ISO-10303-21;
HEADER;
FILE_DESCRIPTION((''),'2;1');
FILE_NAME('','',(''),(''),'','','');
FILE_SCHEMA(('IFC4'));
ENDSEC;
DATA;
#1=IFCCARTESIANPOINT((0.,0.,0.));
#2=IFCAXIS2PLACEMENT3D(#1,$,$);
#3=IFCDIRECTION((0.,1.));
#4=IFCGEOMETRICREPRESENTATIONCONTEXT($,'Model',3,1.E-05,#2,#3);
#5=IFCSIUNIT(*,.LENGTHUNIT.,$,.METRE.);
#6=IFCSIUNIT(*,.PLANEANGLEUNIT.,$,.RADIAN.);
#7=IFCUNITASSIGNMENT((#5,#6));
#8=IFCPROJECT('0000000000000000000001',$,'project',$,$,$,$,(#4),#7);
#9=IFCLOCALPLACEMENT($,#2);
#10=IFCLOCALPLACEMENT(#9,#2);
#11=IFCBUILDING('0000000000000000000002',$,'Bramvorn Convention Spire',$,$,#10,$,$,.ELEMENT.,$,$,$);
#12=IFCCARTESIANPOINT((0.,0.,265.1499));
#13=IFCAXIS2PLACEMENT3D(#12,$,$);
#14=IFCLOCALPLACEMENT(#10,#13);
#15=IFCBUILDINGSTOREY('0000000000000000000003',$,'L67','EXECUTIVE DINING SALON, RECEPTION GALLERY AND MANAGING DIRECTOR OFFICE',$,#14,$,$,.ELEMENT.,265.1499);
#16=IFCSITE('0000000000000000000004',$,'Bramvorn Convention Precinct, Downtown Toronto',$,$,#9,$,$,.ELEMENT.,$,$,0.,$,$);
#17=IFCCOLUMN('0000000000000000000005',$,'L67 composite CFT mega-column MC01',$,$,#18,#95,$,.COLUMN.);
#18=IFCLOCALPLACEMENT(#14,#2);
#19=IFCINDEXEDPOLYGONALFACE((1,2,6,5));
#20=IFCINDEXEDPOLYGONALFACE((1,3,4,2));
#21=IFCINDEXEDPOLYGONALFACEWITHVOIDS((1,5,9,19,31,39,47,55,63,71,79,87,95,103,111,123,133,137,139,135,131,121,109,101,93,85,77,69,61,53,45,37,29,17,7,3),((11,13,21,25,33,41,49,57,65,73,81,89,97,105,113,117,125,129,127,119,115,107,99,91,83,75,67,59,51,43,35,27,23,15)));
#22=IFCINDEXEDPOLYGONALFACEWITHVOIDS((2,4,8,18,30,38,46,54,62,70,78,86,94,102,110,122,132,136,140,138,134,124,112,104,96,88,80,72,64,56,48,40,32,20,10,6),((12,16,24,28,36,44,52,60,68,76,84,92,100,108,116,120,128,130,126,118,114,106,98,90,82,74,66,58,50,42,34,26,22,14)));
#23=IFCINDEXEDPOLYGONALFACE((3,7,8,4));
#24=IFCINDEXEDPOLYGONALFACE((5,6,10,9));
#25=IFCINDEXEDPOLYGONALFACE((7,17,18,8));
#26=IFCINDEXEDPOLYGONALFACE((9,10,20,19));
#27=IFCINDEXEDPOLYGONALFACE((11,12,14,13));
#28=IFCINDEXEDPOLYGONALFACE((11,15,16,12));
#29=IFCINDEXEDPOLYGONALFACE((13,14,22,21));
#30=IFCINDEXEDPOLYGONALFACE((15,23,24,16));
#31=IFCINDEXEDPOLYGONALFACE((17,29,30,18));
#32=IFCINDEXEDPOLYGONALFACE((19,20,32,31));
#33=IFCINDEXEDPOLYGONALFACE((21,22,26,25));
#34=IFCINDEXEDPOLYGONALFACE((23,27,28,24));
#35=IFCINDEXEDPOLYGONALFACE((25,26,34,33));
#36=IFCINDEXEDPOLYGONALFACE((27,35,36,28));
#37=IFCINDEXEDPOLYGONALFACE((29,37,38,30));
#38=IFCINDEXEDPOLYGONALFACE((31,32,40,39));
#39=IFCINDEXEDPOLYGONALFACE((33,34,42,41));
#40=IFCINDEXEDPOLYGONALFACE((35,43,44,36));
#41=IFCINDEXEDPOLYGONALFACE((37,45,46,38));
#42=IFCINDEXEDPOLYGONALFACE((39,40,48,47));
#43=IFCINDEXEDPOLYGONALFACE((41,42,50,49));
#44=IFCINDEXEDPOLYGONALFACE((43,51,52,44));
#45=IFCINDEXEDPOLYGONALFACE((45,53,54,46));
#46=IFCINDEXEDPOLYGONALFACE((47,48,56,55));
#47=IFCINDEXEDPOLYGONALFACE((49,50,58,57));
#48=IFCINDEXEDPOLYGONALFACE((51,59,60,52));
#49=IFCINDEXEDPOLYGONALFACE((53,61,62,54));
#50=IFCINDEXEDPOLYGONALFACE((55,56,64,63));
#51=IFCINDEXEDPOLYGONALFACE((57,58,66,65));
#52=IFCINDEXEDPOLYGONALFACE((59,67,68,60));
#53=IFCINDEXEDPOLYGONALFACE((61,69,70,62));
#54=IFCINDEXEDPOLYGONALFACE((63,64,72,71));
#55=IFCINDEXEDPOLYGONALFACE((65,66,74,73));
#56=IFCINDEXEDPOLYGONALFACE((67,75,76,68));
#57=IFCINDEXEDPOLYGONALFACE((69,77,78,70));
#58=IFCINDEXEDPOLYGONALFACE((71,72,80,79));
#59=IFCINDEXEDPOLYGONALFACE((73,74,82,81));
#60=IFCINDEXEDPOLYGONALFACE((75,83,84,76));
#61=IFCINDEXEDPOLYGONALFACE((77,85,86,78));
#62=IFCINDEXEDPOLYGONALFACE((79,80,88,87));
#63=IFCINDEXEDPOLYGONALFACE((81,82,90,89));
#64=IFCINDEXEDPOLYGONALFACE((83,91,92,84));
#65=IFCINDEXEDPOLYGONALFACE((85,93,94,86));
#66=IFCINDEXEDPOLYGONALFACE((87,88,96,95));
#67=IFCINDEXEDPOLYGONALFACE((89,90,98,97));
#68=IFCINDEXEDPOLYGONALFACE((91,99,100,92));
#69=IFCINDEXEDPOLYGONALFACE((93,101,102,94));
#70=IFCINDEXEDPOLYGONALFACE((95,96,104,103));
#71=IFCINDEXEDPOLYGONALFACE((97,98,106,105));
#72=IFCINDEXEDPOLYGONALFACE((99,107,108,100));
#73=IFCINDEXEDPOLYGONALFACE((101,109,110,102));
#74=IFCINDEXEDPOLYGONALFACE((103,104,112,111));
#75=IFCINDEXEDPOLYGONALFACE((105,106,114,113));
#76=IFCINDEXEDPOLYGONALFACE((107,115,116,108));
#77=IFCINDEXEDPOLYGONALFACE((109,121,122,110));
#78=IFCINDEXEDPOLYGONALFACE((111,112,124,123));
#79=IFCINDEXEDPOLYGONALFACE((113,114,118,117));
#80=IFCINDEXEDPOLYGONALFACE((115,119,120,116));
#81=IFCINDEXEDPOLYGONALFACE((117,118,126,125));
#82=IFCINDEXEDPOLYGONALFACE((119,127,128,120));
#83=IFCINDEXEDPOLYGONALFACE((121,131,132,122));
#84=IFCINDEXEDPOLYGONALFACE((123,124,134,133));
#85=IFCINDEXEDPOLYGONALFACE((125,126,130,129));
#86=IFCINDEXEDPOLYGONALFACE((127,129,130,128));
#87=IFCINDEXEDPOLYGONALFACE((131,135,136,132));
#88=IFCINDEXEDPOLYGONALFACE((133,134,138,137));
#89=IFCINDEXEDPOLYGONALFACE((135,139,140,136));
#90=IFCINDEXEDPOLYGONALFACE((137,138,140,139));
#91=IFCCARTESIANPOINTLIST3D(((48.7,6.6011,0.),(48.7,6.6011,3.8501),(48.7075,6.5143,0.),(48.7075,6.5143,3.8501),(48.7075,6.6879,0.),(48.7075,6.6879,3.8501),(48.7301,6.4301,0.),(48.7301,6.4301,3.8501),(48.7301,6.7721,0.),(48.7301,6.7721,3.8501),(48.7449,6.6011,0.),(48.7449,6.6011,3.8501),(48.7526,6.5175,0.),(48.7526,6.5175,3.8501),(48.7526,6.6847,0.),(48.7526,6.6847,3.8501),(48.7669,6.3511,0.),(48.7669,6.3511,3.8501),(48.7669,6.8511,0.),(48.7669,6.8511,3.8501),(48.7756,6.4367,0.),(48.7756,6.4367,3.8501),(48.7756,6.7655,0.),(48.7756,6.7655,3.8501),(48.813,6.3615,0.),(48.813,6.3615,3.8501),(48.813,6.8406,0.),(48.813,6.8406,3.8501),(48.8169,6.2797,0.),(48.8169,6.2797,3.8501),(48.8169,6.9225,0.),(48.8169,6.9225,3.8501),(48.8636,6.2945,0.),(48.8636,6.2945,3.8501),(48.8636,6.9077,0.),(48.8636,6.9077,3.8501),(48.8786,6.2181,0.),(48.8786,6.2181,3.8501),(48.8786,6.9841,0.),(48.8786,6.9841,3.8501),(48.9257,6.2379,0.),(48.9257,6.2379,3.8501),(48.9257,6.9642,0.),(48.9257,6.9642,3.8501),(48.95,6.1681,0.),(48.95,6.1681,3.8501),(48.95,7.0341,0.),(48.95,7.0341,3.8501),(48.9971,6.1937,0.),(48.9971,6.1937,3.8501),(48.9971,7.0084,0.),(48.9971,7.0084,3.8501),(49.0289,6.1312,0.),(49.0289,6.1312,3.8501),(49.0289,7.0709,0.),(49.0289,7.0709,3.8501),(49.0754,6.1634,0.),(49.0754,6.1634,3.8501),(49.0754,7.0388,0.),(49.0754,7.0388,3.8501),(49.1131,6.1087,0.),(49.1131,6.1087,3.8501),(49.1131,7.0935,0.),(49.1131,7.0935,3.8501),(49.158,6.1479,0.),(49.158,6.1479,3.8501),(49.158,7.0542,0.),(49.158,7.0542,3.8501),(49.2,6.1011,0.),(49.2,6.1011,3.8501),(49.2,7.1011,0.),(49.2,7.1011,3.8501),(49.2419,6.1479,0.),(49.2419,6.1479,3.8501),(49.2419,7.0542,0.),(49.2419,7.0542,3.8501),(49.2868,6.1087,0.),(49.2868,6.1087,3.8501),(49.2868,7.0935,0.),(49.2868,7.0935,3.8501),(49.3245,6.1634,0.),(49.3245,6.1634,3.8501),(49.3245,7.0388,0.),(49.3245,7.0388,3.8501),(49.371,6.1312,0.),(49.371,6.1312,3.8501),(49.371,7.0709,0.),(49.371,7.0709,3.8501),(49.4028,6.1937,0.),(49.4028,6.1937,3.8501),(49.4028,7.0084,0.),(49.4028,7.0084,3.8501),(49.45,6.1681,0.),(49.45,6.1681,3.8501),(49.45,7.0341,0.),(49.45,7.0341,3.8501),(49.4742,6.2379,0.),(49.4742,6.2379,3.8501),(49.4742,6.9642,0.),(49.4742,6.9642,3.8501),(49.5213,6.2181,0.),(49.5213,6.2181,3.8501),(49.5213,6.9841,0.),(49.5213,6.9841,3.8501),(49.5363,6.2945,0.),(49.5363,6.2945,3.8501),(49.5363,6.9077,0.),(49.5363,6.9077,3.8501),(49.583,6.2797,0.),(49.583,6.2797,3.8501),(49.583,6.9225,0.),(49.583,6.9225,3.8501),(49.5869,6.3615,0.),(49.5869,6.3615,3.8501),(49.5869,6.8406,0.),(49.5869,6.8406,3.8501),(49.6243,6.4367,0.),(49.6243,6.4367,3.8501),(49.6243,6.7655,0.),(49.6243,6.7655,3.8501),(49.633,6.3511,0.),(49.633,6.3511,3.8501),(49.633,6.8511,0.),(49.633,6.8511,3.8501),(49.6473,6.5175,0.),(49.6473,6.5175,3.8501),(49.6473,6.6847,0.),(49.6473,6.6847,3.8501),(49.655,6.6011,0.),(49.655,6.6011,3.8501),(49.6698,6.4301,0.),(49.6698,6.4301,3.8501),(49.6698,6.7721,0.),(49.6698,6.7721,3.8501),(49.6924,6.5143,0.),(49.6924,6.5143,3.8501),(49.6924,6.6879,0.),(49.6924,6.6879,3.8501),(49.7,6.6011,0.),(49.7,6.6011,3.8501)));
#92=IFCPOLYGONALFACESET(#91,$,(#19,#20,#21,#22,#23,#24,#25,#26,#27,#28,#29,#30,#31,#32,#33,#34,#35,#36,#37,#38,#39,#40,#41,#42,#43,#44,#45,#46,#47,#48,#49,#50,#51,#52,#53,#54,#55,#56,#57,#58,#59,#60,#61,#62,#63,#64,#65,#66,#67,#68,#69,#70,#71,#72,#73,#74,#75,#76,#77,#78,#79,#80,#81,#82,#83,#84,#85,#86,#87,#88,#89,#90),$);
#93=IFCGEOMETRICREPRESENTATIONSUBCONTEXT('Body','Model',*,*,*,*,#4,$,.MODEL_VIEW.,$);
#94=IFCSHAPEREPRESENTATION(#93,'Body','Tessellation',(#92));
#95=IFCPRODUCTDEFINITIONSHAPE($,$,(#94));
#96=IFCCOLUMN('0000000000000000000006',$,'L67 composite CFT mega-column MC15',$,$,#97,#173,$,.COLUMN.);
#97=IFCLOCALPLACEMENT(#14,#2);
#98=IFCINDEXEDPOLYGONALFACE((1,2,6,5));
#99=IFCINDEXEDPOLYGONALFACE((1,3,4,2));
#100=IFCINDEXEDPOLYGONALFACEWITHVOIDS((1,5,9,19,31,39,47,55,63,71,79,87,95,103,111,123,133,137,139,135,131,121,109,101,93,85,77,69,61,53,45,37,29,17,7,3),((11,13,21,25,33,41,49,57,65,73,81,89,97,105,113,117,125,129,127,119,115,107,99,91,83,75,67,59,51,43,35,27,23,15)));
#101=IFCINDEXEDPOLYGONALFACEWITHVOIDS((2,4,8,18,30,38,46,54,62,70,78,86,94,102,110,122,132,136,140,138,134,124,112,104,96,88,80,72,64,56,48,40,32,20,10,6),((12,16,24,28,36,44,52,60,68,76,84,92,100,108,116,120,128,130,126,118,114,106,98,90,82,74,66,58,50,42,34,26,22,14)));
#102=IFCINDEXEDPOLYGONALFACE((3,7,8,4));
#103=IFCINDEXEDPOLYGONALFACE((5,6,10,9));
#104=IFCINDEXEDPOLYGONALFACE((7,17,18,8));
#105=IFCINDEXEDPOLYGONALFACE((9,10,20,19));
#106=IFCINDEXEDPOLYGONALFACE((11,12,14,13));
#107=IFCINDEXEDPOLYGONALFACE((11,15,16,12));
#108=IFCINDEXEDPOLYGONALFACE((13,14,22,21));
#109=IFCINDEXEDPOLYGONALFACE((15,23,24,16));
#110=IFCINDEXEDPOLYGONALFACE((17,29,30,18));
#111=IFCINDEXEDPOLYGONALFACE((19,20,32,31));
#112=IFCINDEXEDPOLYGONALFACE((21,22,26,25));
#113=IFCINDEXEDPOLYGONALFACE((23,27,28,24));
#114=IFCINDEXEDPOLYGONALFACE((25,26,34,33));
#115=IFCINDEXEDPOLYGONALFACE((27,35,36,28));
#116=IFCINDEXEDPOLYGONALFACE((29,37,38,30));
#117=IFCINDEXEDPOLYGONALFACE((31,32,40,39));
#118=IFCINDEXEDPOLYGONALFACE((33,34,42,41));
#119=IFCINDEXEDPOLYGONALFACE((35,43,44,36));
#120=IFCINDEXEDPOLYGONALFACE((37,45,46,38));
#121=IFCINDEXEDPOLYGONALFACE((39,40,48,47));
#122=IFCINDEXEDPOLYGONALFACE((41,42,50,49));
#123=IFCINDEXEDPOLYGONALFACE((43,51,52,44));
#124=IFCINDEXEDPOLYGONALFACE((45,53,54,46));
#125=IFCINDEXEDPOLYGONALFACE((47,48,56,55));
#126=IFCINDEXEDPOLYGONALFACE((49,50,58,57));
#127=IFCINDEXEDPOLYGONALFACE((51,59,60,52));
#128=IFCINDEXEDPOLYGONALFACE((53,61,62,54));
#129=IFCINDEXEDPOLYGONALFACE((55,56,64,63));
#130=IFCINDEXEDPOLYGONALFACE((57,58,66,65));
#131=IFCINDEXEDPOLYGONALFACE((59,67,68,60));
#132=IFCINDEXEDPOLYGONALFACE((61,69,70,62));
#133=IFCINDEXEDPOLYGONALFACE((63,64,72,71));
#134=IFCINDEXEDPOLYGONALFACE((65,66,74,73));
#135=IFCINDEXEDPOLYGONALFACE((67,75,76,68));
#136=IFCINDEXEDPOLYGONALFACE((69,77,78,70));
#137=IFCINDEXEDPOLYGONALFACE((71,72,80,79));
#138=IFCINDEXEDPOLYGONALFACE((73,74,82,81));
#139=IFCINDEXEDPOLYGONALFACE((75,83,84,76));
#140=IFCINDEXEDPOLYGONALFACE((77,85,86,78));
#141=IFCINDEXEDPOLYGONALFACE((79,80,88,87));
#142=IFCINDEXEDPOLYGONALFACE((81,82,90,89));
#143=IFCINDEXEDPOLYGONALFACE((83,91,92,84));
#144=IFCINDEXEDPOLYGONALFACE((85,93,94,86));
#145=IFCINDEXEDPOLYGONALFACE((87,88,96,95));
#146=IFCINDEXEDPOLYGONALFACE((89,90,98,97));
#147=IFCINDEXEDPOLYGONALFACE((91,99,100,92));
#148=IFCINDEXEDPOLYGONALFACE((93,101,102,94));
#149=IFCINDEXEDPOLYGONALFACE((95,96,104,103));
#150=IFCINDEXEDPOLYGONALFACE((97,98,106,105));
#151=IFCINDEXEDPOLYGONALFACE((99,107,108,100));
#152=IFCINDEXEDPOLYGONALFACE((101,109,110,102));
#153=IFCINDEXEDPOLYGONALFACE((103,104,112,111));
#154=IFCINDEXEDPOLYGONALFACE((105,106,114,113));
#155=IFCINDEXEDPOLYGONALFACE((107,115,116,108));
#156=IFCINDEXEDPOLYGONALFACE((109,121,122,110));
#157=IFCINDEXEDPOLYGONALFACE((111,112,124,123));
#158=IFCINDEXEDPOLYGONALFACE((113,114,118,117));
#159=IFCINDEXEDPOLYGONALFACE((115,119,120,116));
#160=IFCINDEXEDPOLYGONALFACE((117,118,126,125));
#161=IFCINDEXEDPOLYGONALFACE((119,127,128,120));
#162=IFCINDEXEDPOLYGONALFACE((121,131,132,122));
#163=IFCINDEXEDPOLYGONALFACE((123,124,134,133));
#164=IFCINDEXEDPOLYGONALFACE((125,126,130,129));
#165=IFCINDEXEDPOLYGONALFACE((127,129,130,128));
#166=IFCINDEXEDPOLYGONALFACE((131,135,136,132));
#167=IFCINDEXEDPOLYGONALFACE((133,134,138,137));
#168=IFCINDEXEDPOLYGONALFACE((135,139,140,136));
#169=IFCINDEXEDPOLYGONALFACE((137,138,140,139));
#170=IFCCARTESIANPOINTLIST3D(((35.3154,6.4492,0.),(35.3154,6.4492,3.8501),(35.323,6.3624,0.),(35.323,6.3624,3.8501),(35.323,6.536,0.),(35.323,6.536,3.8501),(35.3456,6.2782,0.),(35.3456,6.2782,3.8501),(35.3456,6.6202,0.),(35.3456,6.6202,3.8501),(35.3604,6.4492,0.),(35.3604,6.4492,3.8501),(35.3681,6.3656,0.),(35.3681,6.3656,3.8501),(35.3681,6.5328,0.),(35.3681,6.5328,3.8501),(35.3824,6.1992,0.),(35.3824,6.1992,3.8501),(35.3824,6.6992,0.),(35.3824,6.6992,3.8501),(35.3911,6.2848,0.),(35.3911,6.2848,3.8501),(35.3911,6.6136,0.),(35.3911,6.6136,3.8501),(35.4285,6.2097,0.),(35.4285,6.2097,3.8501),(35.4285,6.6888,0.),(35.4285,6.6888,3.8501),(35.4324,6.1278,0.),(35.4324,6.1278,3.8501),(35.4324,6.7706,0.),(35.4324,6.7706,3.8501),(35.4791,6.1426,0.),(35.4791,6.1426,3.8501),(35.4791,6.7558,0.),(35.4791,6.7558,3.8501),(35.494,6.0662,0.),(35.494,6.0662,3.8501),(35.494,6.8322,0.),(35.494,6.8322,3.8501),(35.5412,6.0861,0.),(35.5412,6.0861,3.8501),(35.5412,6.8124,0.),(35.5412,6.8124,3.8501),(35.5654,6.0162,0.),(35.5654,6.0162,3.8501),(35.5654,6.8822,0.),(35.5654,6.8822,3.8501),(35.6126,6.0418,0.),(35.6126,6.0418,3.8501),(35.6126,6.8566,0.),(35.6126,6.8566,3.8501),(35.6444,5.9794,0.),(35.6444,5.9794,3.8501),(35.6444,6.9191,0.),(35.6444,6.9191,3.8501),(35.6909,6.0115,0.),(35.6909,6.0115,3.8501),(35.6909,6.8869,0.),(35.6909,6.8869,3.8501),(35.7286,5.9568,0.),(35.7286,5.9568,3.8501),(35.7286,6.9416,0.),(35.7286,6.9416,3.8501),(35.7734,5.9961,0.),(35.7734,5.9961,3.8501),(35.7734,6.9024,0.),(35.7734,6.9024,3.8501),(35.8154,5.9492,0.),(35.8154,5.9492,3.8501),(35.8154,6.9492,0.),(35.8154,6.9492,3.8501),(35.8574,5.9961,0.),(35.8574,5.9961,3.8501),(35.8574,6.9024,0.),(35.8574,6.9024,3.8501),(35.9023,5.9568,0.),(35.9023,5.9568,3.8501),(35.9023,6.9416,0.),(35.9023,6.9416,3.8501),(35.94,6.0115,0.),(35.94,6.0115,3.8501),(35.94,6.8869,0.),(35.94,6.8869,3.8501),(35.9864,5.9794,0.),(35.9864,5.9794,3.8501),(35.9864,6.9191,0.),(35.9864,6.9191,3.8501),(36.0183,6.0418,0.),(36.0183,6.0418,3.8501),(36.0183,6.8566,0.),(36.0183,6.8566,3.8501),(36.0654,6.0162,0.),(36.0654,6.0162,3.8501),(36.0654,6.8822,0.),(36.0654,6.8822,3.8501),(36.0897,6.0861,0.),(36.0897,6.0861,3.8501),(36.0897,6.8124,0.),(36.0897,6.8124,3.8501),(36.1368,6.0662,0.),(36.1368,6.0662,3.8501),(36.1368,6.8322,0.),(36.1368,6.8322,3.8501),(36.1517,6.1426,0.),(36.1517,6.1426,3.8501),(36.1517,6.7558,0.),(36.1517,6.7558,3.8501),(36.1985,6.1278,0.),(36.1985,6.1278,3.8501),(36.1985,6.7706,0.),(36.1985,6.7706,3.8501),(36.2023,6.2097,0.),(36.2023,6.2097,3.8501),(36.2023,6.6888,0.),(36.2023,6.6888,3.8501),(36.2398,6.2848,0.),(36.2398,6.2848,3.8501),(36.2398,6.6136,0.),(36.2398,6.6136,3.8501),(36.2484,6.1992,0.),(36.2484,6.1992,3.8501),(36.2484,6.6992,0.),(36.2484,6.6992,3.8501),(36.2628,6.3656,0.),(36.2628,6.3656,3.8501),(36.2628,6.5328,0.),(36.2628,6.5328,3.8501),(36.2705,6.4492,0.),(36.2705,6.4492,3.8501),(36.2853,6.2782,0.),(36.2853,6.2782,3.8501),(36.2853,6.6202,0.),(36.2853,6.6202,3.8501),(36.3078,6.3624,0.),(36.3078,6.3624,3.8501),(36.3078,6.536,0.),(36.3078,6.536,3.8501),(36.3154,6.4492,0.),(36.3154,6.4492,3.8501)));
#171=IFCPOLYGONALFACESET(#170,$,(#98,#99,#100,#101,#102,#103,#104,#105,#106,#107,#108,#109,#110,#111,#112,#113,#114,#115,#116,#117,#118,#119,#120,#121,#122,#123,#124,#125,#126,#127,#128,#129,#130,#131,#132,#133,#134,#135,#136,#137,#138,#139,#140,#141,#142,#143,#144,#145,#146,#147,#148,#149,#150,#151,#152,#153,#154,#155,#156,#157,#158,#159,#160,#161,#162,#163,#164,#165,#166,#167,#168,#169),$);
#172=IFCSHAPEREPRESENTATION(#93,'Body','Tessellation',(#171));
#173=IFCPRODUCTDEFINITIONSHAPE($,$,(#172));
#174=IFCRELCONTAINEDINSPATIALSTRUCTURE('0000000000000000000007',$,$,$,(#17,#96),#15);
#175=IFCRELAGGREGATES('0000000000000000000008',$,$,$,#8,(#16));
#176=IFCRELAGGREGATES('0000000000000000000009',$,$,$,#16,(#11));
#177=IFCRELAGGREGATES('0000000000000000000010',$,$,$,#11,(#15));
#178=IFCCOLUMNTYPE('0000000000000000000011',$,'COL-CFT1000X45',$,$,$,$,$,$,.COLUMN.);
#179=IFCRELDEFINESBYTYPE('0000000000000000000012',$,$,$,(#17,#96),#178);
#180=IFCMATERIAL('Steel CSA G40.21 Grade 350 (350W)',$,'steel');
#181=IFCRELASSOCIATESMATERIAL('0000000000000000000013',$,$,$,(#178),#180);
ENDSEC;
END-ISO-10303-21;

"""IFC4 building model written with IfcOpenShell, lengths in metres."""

from ifc_helpers import new_model, si_unit, direction, frame, origin, origin_2d, place, context, subcontext, project, spatial, hollow_circle, extrude, material, material_profile, profile_set, type_object, element, save


model = new_model("IFC4")

# Units and contexts
model_context = context("Model", 3, precision=1e-05, world=origin(), true_north=direction((0.0, 1.0)))
body_context = subcontext(model_context, "Body", "Model", "MODEL_VIEW")
ifc_project = project(units=[si_unit("LENGTHUNIT", "METRE"), si_unit("PLANEANGLEUNIT", "RADIAN")], contexts=[model_context])

# Site, building, storey
site_placement = place(None, origin())
site = spatial("IfcSite", under=ifc_project, at=site_placement, Name="Bramvorn Convention Precinct, Downtown Toronto", CompositionType="ELEMENT", RefElevation=0.0)
building_placement = place(site_placement, origin())
building = spatial("IfcBuilding", under=site, at=building_placement, Name="Bramvorn Convention Spire", CompositionType="ELEMENT")
storey_placement = place(building_placement, frame((0.0, 0.0, 265.1499)))
storey = spatial("IfcBuildingStorey", under=building, at=storey_placement, Name="L67", Description="EXECUTIVE DINING SALON, RECEPTION GALLERY AND MANAGING DIRECTOR OFFICE", CompositionType="ELEMENT", Elevation=265.1499)

# Columns
ifc_material_1 = material(Name="Steel CSA G40.21 Grade 350 (350W)", Category="steel")
ifc_material_profile_1 = material_profile(ifc_material_1, hollow_circle(Radius=0.5, WallThickness=0.0449, at=origin_2d()))
ifc_profile_set_1 = profile_set([ifc_material_profile_1], Name="Steel CSA G40.21 Grade 350 (350W) - CFT1000X45")
column_type = type_object("IfcColumnType", Name="COL-CFT1000X45", PredefinedType="COLUMN", material=ifc_profile_set_1)
for number, where, z_axis, x_axis, name in (
    (1, (49.2, 6.6011, 0.0), (0.0, 0.0, 1.0), (1.0, 0.0, 0.0), "L67 composite CFT mega-column MC01"),
    (2, (35.8154, 6.4492, 0.0), (0.0, 0.0, 1.0), (1.0, 0.0, 0.0), "L67 composite CFT mega-column MC15"),
):
    element("IfcColumn", number, at=place(storey_placement, frame(where, z_axis=z_axis, x_axis=x_axis)), inside=storey, type_object=column_type, Name=name, PredefinedType="COLUMN", context=body_context, shape_type="SweptSolid", body=[
        extrude(hollow_circle(Radius=0.5, WallThickness=0.0449, at=origin_2d()), origin(), (0.0, 0.0, 1.0), 3.8501),
    ])

save(model, "model.ifc")
